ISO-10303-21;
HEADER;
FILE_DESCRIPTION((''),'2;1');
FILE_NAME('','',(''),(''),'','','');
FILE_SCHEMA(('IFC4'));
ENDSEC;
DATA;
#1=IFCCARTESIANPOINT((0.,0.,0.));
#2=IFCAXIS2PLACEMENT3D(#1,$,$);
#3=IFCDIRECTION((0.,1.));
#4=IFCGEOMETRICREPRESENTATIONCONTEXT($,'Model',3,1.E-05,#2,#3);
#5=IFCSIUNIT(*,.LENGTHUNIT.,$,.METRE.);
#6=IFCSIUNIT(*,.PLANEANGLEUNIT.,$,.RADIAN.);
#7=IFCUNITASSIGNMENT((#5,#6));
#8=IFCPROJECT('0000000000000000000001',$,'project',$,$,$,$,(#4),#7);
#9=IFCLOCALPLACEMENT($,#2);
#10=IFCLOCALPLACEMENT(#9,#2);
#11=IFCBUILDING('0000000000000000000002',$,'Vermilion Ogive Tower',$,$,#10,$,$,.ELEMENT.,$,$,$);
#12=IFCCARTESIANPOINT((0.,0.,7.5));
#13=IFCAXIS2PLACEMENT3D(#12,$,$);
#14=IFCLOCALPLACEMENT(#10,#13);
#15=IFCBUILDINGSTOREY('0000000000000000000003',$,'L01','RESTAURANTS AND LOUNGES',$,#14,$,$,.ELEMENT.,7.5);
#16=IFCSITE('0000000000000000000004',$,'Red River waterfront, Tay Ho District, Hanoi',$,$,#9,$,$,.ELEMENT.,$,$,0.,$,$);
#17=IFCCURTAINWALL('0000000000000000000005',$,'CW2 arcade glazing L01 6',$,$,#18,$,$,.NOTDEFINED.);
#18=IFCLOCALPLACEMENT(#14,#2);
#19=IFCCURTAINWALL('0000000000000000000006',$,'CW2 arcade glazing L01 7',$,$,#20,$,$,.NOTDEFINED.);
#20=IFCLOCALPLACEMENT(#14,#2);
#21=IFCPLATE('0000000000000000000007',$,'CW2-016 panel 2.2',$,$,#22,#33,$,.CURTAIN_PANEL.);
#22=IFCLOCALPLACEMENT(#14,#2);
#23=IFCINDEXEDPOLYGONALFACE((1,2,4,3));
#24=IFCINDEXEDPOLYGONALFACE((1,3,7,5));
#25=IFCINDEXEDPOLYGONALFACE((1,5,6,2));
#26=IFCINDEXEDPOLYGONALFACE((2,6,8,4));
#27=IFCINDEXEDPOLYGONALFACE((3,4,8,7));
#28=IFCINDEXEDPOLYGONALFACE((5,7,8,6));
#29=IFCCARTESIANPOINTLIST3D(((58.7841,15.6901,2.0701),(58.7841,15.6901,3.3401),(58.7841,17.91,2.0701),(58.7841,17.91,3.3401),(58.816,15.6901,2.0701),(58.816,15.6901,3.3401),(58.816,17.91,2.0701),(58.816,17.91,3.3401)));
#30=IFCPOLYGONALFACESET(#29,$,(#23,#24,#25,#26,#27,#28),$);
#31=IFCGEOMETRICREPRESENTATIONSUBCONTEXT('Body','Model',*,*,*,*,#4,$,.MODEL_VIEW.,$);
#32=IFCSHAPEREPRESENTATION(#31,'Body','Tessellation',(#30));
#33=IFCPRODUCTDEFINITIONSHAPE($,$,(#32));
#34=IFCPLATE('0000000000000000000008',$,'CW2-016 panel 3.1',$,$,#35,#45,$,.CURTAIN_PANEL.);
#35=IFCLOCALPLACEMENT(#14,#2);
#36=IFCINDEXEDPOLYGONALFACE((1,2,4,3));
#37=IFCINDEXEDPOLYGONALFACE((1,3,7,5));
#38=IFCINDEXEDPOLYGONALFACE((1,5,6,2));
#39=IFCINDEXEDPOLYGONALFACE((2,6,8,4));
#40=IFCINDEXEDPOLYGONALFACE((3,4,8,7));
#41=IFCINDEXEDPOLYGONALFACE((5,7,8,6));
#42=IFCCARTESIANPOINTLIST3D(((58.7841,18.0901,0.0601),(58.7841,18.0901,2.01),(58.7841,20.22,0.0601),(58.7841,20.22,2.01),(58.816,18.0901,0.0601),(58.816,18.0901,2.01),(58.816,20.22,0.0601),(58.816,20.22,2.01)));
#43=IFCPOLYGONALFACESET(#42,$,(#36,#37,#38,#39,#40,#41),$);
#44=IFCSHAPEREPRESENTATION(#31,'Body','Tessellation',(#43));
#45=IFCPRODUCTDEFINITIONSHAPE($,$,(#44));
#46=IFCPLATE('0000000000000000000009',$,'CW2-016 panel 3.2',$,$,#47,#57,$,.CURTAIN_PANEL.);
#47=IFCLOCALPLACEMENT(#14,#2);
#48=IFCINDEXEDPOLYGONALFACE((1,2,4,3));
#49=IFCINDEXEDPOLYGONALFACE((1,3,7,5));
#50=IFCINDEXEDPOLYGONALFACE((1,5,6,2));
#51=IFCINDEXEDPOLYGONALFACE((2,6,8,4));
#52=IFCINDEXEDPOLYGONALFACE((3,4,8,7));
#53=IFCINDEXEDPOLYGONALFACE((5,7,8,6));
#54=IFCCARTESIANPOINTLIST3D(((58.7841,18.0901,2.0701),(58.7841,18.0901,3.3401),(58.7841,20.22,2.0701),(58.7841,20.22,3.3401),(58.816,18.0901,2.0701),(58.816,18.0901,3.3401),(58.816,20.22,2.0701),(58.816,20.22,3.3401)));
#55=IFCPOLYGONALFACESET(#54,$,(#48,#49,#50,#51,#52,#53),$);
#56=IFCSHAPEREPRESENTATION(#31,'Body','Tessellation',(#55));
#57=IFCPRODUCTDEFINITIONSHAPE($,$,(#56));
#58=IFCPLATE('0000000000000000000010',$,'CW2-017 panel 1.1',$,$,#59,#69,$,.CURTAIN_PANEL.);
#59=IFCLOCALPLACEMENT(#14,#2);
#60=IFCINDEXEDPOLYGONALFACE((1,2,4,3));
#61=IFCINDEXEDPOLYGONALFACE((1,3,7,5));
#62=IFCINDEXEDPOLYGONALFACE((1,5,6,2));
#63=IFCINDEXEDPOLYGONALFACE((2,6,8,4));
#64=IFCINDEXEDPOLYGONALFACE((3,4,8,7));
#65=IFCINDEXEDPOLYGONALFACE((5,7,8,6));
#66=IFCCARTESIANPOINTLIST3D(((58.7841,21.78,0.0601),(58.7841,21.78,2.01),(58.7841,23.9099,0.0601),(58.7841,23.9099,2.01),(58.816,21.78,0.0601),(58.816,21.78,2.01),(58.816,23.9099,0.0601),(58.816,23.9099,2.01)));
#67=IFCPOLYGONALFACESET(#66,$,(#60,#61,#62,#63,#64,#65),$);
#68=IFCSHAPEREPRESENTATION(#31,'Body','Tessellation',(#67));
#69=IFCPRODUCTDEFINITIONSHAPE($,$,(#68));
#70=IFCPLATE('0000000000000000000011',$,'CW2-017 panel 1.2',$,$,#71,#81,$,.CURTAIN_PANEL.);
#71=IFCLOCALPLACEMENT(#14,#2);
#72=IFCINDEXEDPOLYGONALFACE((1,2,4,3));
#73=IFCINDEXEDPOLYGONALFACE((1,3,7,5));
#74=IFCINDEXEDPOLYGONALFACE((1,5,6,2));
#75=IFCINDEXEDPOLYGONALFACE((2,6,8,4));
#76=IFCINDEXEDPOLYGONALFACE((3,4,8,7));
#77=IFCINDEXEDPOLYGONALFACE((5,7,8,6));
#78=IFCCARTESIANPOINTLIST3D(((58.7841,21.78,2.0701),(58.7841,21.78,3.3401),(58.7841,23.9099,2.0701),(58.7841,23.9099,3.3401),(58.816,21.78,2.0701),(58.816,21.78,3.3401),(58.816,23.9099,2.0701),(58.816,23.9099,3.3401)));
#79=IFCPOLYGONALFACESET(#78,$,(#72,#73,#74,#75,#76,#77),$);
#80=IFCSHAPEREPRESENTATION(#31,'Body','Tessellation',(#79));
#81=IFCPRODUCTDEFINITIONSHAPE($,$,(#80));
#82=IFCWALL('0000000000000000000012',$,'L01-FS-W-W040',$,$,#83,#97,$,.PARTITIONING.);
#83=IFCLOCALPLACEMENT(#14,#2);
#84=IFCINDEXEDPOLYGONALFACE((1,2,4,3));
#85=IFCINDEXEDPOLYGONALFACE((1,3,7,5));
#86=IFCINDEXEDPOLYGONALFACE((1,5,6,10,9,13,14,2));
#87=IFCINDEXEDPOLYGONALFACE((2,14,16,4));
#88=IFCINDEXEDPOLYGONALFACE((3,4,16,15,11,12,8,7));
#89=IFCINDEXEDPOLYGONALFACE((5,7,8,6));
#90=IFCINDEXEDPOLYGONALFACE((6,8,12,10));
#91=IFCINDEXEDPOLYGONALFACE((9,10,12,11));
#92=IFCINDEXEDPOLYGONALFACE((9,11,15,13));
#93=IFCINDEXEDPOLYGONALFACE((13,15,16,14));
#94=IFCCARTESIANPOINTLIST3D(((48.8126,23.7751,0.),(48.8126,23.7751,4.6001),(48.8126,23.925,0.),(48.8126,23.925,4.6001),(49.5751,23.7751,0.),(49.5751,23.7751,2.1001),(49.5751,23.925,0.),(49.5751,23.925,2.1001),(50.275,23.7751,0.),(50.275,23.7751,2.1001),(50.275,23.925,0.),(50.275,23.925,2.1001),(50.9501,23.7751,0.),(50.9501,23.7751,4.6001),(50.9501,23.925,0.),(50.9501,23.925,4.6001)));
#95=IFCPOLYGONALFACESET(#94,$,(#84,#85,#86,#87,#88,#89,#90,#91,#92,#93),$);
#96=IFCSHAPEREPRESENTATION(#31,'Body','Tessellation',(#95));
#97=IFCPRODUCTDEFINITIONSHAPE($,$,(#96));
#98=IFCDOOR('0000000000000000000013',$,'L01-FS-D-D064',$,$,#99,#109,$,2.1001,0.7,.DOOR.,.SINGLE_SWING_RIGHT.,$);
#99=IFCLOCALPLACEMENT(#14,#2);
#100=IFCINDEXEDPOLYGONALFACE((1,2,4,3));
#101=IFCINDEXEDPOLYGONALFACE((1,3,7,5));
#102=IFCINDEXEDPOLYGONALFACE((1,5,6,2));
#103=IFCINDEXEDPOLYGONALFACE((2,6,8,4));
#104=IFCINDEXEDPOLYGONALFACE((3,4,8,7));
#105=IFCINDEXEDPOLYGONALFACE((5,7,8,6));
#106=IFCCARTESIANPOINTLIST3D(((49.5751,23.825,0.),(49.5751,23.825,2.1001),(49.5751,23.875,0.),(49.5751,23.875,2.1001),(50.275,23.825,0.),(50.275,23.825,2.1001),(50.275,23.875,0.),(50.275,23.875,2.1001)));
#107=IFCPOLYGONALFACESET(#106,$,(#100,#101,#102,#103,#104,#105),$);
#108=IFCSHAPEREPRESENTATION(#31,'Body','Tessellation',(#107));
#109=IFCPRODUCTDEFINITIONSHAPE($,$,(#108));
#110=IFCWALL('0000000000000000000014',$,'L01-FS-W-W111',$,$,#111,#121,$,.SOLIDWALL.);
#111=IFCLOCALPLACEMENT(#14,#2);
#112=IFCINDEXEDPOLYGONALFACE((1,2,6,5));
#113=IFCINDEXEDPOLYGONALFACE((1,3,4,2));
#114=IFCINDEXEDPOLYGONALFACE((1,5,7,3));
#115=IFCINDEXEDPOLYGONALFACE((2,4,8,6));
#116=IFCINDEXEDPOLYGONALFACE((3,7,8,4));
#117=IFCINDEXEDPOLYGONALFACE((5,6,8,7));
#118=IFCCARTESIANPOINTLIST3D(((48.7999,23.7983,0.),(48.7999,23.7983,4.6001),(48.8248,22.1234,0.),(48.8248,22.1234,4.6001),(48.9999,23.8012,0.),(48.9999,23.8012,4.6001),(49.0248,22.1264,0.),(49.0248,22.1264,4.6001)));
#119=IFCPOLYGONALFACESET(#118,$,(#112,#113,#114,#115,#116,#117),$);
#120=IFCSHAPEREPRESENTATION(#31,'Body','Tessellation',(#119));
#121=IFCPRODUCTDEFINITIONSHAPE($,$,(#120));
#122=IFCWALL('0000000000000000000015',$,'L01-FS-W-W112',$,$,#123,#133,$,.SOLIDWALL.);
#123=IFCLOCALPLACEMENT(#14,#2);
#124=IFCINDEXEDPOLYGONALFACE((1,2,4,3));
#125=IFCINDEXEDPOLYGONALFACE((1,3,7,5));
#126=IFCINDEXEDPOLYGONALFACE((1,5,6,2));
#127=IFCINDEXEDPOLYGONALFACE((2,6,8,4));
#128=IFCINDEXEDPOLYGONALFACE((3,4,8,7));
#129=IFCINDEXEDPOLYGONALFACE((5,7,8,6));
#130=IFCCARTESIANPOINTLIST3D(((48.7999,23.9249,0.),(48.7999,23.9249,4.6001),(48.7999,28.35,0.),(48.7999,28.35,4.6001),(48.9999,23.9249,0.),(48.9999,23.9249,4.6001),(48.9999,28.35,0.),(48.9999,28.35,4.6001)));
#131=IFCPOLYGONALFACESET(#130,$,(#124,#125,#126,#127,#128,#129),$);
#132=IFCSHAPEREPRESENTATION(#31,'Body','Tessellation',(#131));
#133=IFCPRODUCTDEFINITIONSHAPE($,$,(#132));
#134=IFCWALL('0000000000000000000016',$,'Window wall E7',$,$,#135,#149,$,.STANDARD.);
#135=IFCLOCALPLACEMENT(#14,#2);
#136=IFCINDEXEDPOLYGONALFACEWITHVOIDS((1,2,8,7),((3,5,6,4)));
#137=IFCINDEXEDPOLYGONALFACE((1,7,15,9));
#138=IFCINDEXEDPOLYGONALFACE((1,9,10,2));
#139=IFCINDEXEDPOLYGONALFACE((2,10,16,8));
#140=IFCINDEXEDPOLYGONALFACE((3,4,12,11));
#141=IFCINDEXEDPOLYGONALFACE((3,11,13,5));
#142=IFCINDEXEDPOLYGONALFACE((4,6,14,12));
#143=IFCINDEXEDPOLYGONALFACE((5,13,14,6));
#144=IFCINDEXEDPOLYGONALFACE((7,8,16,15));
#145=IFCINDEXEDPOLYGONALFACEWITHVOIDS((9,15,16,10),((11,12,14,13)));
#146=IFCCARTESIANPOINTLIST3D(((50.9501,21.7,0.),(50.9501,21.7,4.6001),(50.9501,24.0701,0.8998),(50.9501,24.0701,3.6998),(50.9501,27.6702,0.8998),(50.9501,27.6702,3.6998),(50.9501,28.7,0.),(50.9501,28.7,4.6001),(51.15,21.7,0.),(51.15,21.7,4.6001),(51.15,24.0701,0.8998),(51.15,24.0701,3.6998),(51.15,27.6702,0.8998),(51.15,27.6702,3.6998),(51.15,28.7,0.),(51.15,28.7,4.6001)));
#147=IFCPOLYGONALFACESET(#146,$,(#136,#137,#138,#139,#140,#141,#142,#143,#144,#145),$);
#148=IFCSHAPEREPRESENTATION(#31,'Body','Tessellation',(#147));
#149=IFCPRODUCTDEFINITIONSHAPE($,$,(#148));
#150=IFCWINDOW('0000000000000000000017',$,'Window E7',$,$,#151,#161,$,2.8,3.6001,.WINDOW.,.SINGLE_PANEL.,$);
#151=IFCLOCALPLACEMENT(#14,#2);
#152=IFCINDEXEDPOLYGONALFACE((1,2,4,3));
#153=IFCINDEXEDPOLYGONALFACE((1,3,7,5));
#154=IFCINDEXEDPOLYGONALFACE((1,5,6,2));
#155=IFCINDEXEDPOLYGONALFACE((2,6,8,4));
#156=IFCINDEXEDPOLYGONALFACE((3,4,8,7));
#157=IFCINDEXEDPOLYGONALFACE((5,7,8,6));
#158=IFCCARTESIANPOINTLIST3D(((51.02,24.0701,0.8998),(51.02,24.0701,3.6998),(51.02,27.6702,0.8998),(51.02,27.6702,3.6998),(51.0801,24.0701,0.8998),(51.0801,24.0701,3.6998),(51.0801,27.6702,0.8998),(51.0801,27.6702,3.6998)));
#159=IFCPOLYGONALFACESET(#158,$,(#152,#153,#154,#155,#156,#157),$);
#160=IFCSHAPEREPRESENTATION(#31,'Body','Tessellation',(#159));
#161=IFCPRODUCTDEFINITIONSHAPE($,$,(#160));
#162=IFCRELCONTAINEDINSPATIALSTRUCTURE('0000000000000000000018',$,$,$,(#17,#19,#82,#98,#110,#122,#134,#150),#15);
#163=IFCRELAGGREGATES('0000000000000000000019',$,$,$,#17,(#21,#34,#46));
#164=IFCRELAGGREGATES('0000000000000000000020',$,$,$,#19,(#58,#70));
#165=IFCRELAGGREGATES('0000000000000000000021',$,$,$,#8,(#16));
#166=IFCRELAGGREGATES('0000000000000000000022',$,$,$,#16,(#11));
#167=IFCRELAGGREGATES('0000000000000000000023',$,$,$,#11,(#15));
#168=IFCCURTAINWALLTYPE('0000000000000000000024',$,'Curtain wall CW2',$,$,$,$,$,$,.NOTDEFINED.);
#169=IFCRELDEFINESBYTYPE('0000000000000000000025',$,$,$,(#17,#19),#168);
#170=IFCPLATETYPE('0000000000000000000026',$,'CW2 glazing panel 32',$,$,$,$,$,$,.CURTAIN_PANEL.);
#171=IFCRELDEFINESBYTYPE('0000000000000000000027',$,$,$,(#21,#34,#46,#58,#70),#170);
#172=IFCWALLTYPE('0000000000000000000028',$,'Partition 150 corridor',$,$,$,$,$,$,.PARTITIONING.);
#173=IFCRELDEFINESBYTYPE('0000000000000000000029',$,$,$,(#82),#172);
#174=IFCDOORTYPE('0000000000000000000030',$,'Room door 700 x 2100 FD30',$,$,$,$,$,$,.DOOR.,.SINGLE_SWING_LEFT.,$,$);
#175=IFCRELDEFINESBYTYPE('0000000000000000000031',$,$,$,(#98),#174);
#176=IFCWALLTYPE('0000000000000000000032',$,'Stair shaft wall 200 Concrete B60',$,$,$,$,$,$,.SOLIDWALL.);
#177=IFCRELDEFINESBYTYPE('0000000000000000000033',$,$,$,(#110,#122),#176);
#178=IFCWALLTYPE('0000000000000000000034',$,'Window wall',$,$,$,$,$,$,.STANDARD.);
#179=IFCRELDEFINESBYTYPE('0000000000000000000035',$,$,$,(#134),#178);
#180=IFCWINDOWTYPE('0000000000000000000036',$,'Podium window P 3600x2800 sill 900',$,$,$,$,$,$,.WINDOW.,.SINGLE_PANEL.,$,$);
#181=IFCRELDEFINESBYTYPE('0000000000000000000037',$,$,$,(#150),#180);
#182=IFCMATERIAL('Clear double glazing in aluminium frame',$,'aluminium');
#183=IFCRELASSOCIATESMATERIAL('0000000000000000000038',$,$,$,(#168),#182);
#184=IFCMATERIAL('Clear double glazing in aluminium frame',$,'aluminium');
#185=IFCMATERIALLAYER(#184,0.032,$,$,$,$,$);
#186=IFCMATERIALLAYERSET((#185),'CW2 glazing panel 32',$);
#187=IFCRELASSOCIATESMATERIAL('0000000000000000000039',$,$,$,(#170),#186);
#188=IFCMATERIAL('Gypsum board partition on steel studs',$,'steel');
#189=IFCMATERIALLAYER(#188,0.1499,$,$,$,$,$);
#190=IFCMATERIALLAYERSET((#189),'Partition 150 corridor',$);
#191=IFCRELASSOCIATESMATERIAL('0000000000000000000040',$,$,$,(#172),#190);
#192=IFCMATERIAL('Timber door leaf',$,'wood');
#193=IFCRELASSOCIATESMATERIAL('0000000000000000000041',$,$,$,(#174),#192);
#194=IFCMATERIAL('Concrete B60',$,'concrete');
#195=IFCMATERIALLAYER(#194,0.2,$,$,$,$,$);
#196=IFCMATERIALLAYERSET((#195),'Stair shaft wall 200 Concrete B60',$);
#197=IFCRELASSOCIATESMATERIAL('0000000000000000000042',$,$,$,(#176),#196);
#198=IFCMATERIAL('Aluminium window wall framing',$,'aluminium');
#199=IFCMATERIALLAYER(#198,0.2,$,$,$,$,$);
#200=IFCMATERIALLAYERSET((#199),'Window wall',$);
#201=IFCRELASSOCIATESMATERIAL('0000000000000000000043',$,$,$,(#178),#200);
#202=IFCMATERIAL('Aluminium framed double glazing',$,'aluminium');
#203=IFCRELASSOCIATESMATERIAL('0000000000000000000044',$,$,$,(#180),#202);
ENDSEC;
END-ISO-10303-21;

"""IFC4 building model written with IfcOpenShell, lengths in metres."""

from ifc_helpers import new_model, si_unit, direction, frame, frame_2d, origin, origin_2d, place, context, subcontext, project, spatial, rectangle, extrude, material, layer, layer_set, type_object, element, fill, aggregate, save


model = new_model("IFC4")

# Units and contexts
model_context = context("Model", 3, precision=1e-05, world=origin(), true_north=direction((0.0, 1.0)))
body_context = subcontext(model_context, "Body", "Model", "MODEL_VIEW")
ifc_project = project(units=[si_unit("LENGTHUNIT", "METRE"), si_unit("PLANEANGLEUNIT", "RADIAN")], contexts=[model_context])

# Site, building, storey
site_placement = place(None, origin())
site = spatial("IfcSite", under=ifc_project, at=site_placement, Name="Red River waterfront, Tay Ho District, Hanoi", CompositionType="ELEMENT", RefElevation=0.0)
building_placement = place(site_placement, origin())
building = spatial("IfcBuilding", under=site, at=building_placement, Name="Vermilion Ogive Tower", CompositionType="ELEMENT")
storey_placement = place(building_placement, frame((0.0, 0.0, 7.5)))
storey = spatial("IfcBuildingStorey", under=building, at=storey_placement, Name="L01", Description="RESTAURANTS AND LOUNGES", CompositionType="ELEMENT", Elevation=7.5)

# Curtain wall
ifc_material_1 = material(Name="Clear double glazing in aluminium frame", Category="aluminium")
curtain_wall_type = type_object("IfcCurtainWallType", Name="Curtain wall CW2", PredefinedType="NOTDEFINED", material=ifc_material_1)
curtain_wall_1_placement = place(storey_placement, origin())
curtain_wall_1 = element("IfcCurtainWall", 1, at=curtain_wall_1_placement, inside=storey, type_object=curtain_wall_type, Name="CW2 arcade glazing L01 6", PredefinedType="NOTDEFINED")

# Curtain wall
curtain_wall_2_placement = place(storey_placement, origin())
curtain_wall_2 = element("IfcCurtainWall", 2, at=curtain_wall_2_placement, inside=storey, type_object=curtain_wall_type, Name="CW2 arcade glazing L01 7", PredefinedType="NOTDEFINED")

# Plates
ifc_material_2 = material(Name="Clear double glazing in aluminium frame", Category="aluminium")
ifc_layer_1 = layer(ifc_material_2, 0.032)
ifc_layer_set_1 = layer_set([ifc_layer_1], Name="CW2 glazing panel 32")
plate_type = type_object("IfcPlateType", Name="CW2 glazing panel 32", PredefinedType="CURTAIN_PANEL", material=ifc_layer_set_1)
plate_1_placement = place(storey_placement, frame((58.8, 16.8, 2.0701), z_axis=(0.0, 0.0, 1.0), x_axis=(0.0, 1.0, 0.0)))
plate_1 = element("IfcPlate", 3, at=plate_1_placement, type_object=plate_type, Name="CW2-016 panel 2.2", PredefinedType="CURTAIN_PANEL", context=body_context, shape_type="SweptSolid", body=[
    extrude(rectangle(XDim=2.22, YDim=0.032, at=origin_2d()), origin(), (0.0, 0.0, 1.0), 1.27),
])
plate_2_placement = place(storey_placement, frame((58.8, 19.155, 0.0601), z_axis=(0.0, 0.0, 1.0), x_axis=(0.0, 1.0, 0.0)))
plate_2 = element("IfcPlate", 4, at=plate_2_placement, type_object=plate_type, Name="CW2-016 panel 3.1", PredefinedType="CURTAIN_PANEL", context=body_context, shape_type="SweptSolid", body=[
    extrude(rectangle(XDim=2.1299, YDim=0.032, at=origin_2d()), origin(), (0.0, 0.0, 1.0), 1.95),
])
plate_3_placement = place(storey_placement, frame((58.8, 19.155, 2.0701), z_axis=(0.0, 0.0, 1.0), x_axis=(0.0, 1.0, 0.0)))
plate_3 = element("IfcPlate", 5, at=plate_3_placement, type_object=plate_type, Name="CW2-016 panel 3.2", PredefinedType="CURTAIN_PANEL", context=body_context, shape_type="SweptSolid", body=[
    extrude(rectangle(XDim=2.1299, YDim=0.032, at=origin_2d()), origin(), (0.0, 0.0, 1.0), 1.27),
])
aggregate(curtain_wall_1, [plate_1, plate_2, plate_3])
plate_4_placement = place(storey_placement, frame((58.8, 22.845, 0.0601), z_axis=(0.0, 0.0, 1.0), x_axis=(0.0, 1.0, 0.0)))
plate_4 = element("IfcPlate", 6, at=plate_4_placement, type_object=plate_type, Name="CW2-017 panel 1.1", PredefinedType="CURTAIN_PANEL", context=body_context, shape_type="SweptSolid", body=[
    extrude(rectangle(XDim=2.1299, YDim=0.032, at=origin_2d()), origin(), (0.0, 0.0, 1.0), 1.95),
])
plate_5_placement = place(storey_placement, frame((58.8, 22.845, 2.0701), z_axis=(0.0, 0.0, 1.0), x_axis=(0.0, 1.0, 0.0)))
plate_5 = element("IfcPlate", 7, at=plate_5_placement, type_object=plate_type, Name="CW2-017 panel 1.2", PredefinedType="CURTAIN_PANEL", context=body_context, shape_type="SweptSolid", body=[
    extrude(rectangle(XDim=2.1299, YDim=0.032, at=origin_2d()), origin(), (0.0, 0.0, 1.0), 1.27),
])
aggregate(curtain_wall_2, [plate_4, plate_5])

# Wall, opening, door
ifc_material_3 = material(Name="Gypsum board partition on steel studs", Category="steel")
ifc_layer_2 = layer(ifc_material_3, 0.1499)
ifc_layer_set_2 = layer_set([ifc_layer_2], Name="Partition 150 corridor")
wall_type_1 = type_object("IfcWallType", Name="Partition 150 corridor", PredefinedType="PARTITIONING", material=ifc_layer_set_2)
wall_1_placement = place(storey_placement, frame((48.8125, 23.8501, 0.0), z_axis=(0.0, 0.0, 1.0), x_axis=(1.0, 0.0, 0.0)))
wall_1 = element("IfcWall", 8, at=wall_1_placement, inside=storey, type_object=wall_type_1, Name="L01-FS-W-W040", PredefinedType="PARTITIONING", context=body_context, shape_type="SweptSolid", body=[
    extrude(rectangle(XDim=2.1375, YDim=0.1499, at=frame_2d((1.0688, 0.0))), origin(), (0.0, 0.0, 1.0), 4.6001),
])
opening_1_placement = place(wall_1_placement, frame((0.7625, 0.0, 0.0)))
opening_1 = element("IfcOpeningElement", 9, at=opening_1_placement, cuts=wall_1, PredefinedType="OPENING", context=body_context, shape_type="SweptSolid", body=[
    extrude(rectangle(XDim=0.7, YDim=2.1001, at=frame_2d((0.3501, 1.05))), frame((0.0, 0.085, 0.0), z_axis=(0.0, -1.0, 0.0), x_axis=(1.0, 0.0, 0.0)), (0.0, 0.0, 1.0), 0.1699),
])
ifc_material_4 = material(Name="Timber door leaf", Category="wood")
door_type = type_object("IfcDoorType", Name="Room door 700 x 2100 FD30", OperationType="SINGLE_SWING_LEFT", PredefinedType="DOOR", material=ifc_material_4)
door_placement = place(opening_1_placement, origin())
door = element("IfcDoor", 10, at=door_placement, inside=storey, type_object=door_type, Name="L01-FS-D-D064", OperationType="SINGLE_SWING_RIGHT", OverallHeight=2.1001, OverallWidth=0.7, PredefinedType="DOOR", context=body_context, shape_type="SweptSolid", body=[
    extrude(rectangle(XDim=0.7, YDim=2.1001, at=frame_2d((0.3501, 1.05))), frame((0.0, 0.0249, 0.0), z_axis=(0.0, -1.0, 0.0), x_axis=(1.0, 0.0, 0.0)), (0.0, 0.0, 1.0), 0.05),
])
fill(opening_1, door)

# Walls
ifc_material_5 = material(Name="Concrete B60", Category="concrete")
ifc_layer_3 = layer(ifc_material_5, 0.2)
ifc_layer_set_3 = layer_set([ifc_layer_3], Name="Stair shaft wall 200 Concrete B60")
wall_type_2 = type_object("IfcWallType", Name="Stair shaft wall 200 Concrete B60", PredefinedType="SOLIDWALL", material=ifc_layer_set_3)
wall_2_placement = place(storey_placement, frame((48.9248, 22.125, 0.0), z_axis=(0.0, 0.0, 1.0), x_axis=(-0.014867, 0.999889, 0.0)))
element("IfcWall", 11, at=wall_2_placement, inside=storey, type_object=wall_type_2, Name="L01-FS-W-W111", PredefinedType="SOLIDWALL", context=body_context, shape_type="SweptSolid", body=[
    extrude(rectangle(XDim=1.675, YDim=0.2, at=frame_2d((0.8374, 0.0))), origin(), (0.0, 0.0, 1.0), 4.6001),
])
wall_3_placement = place(storey_placement, frame((48.8999, 23.925, 0.0), z_axis=(0.0, 0.0, 1.0), x_axis=(0.0, 1.0, 0.0)))
element("IfcWall", 12, at=wall_3_placement, inside=storey, type_object=wall_type_2, Name="L01-FS-W-W112", PredefinedType="SOLIDWALL", context=body_context, shape_type="SweptSolid", body=[
    extrude(rectangle(XDim=4.425, YDim=0.2, at=frame_2d((2.2124, 0.0))), origin(), (0.0, 0.0, 1.0), 4.6001),
])

# Wall, opening, window
ifc_material_6 = material(Name="Aluminium window wall framing", Category="aluminium")
ifc_layer_4 = layer(ifc_material_6, 0.2)
ifc_layer_set_4 = layer_set([ifc_layer_4], Name="Window wall")
wall_type_3 = type_object("IfcWallType", Name="Window wall", PredefinedType="STANDARD", material=ifc_layer_set_4)
wall_4_placement = place(storey_placement, frame((51.05, 21.7, 0.0), z_axis=(0.0, 0.0, 1.0), x_axis=(0.0, 1.0, 0.0)))
wall_4 = element("IfcWall", 13, at=wall_4_placement, inside=storey, type_object=wall_type_3, Name="Window wall E7", PredefinedType="STANDARD", context=body_context, shape_type="SweptSolid", body=[
    extrude(rectangle(XDim=7.0, YDim=0.2, at=frame_2d((3.5, 0.0))), origin(), (0.0, 0.0, 1.0), 4.6001),
])
opening_2_placement = place(wall_4_placement, frame((2.3701, 0.0, 0.8999)))
opening_2 = element("IfcOpeningElement", 14, at=opening_2_placement, cuts=wall_4, PredefinedType="OPENING", context=body_context, shape_type="SweptSolid", body=[
    extrude(rectangle(XDim=3.6001, YDim=2.8, at=frame_2d((1.8, 1.3999))), frame((0.0, 0.1099, 0.0), z_axis=(0.0, -1.0, 0.0), x_axis=(1.0, 0.0, 0.0)), (0.0, 0.0, 1.0), 0.22),
])
ifc_material_7 = material(Name="Aluminium framed double glazing", Category="aluminium")
window_type = type_object("IfcWindowType", Name="Podium window P 3600x2800 sill 900", PartitioningType="SINGLE_PANEL", PredefinedType="WINDOW", material=ifc_material_7)
window_placement = place(opening_2_placement, origin())
window = element("IfcWindow", 15, at=window_placement, inside=storey, type_object=window_type, Name="Window E7", OverallHeight=2.8, OverallWidth=3.6001, PartitioningType="SINGLE_PANEL", PredefinedType="WINDOW", context=body_context, shape_type="SweptSolid", body=[
    extrude(rectangle(XDim=3.6001, YDim=2.8, at=frame_2d((1.8, 1.3999))), frame((0.0, 0.03, 0.0), z_axis=(0.0, -1.0, 0.0), x_axis=(1.0, 0.0, 0.0)), (0.0, 0.0, 1.0), 0.0601),
])
fill(opening_2, window)

save(model, "model.ifc")
